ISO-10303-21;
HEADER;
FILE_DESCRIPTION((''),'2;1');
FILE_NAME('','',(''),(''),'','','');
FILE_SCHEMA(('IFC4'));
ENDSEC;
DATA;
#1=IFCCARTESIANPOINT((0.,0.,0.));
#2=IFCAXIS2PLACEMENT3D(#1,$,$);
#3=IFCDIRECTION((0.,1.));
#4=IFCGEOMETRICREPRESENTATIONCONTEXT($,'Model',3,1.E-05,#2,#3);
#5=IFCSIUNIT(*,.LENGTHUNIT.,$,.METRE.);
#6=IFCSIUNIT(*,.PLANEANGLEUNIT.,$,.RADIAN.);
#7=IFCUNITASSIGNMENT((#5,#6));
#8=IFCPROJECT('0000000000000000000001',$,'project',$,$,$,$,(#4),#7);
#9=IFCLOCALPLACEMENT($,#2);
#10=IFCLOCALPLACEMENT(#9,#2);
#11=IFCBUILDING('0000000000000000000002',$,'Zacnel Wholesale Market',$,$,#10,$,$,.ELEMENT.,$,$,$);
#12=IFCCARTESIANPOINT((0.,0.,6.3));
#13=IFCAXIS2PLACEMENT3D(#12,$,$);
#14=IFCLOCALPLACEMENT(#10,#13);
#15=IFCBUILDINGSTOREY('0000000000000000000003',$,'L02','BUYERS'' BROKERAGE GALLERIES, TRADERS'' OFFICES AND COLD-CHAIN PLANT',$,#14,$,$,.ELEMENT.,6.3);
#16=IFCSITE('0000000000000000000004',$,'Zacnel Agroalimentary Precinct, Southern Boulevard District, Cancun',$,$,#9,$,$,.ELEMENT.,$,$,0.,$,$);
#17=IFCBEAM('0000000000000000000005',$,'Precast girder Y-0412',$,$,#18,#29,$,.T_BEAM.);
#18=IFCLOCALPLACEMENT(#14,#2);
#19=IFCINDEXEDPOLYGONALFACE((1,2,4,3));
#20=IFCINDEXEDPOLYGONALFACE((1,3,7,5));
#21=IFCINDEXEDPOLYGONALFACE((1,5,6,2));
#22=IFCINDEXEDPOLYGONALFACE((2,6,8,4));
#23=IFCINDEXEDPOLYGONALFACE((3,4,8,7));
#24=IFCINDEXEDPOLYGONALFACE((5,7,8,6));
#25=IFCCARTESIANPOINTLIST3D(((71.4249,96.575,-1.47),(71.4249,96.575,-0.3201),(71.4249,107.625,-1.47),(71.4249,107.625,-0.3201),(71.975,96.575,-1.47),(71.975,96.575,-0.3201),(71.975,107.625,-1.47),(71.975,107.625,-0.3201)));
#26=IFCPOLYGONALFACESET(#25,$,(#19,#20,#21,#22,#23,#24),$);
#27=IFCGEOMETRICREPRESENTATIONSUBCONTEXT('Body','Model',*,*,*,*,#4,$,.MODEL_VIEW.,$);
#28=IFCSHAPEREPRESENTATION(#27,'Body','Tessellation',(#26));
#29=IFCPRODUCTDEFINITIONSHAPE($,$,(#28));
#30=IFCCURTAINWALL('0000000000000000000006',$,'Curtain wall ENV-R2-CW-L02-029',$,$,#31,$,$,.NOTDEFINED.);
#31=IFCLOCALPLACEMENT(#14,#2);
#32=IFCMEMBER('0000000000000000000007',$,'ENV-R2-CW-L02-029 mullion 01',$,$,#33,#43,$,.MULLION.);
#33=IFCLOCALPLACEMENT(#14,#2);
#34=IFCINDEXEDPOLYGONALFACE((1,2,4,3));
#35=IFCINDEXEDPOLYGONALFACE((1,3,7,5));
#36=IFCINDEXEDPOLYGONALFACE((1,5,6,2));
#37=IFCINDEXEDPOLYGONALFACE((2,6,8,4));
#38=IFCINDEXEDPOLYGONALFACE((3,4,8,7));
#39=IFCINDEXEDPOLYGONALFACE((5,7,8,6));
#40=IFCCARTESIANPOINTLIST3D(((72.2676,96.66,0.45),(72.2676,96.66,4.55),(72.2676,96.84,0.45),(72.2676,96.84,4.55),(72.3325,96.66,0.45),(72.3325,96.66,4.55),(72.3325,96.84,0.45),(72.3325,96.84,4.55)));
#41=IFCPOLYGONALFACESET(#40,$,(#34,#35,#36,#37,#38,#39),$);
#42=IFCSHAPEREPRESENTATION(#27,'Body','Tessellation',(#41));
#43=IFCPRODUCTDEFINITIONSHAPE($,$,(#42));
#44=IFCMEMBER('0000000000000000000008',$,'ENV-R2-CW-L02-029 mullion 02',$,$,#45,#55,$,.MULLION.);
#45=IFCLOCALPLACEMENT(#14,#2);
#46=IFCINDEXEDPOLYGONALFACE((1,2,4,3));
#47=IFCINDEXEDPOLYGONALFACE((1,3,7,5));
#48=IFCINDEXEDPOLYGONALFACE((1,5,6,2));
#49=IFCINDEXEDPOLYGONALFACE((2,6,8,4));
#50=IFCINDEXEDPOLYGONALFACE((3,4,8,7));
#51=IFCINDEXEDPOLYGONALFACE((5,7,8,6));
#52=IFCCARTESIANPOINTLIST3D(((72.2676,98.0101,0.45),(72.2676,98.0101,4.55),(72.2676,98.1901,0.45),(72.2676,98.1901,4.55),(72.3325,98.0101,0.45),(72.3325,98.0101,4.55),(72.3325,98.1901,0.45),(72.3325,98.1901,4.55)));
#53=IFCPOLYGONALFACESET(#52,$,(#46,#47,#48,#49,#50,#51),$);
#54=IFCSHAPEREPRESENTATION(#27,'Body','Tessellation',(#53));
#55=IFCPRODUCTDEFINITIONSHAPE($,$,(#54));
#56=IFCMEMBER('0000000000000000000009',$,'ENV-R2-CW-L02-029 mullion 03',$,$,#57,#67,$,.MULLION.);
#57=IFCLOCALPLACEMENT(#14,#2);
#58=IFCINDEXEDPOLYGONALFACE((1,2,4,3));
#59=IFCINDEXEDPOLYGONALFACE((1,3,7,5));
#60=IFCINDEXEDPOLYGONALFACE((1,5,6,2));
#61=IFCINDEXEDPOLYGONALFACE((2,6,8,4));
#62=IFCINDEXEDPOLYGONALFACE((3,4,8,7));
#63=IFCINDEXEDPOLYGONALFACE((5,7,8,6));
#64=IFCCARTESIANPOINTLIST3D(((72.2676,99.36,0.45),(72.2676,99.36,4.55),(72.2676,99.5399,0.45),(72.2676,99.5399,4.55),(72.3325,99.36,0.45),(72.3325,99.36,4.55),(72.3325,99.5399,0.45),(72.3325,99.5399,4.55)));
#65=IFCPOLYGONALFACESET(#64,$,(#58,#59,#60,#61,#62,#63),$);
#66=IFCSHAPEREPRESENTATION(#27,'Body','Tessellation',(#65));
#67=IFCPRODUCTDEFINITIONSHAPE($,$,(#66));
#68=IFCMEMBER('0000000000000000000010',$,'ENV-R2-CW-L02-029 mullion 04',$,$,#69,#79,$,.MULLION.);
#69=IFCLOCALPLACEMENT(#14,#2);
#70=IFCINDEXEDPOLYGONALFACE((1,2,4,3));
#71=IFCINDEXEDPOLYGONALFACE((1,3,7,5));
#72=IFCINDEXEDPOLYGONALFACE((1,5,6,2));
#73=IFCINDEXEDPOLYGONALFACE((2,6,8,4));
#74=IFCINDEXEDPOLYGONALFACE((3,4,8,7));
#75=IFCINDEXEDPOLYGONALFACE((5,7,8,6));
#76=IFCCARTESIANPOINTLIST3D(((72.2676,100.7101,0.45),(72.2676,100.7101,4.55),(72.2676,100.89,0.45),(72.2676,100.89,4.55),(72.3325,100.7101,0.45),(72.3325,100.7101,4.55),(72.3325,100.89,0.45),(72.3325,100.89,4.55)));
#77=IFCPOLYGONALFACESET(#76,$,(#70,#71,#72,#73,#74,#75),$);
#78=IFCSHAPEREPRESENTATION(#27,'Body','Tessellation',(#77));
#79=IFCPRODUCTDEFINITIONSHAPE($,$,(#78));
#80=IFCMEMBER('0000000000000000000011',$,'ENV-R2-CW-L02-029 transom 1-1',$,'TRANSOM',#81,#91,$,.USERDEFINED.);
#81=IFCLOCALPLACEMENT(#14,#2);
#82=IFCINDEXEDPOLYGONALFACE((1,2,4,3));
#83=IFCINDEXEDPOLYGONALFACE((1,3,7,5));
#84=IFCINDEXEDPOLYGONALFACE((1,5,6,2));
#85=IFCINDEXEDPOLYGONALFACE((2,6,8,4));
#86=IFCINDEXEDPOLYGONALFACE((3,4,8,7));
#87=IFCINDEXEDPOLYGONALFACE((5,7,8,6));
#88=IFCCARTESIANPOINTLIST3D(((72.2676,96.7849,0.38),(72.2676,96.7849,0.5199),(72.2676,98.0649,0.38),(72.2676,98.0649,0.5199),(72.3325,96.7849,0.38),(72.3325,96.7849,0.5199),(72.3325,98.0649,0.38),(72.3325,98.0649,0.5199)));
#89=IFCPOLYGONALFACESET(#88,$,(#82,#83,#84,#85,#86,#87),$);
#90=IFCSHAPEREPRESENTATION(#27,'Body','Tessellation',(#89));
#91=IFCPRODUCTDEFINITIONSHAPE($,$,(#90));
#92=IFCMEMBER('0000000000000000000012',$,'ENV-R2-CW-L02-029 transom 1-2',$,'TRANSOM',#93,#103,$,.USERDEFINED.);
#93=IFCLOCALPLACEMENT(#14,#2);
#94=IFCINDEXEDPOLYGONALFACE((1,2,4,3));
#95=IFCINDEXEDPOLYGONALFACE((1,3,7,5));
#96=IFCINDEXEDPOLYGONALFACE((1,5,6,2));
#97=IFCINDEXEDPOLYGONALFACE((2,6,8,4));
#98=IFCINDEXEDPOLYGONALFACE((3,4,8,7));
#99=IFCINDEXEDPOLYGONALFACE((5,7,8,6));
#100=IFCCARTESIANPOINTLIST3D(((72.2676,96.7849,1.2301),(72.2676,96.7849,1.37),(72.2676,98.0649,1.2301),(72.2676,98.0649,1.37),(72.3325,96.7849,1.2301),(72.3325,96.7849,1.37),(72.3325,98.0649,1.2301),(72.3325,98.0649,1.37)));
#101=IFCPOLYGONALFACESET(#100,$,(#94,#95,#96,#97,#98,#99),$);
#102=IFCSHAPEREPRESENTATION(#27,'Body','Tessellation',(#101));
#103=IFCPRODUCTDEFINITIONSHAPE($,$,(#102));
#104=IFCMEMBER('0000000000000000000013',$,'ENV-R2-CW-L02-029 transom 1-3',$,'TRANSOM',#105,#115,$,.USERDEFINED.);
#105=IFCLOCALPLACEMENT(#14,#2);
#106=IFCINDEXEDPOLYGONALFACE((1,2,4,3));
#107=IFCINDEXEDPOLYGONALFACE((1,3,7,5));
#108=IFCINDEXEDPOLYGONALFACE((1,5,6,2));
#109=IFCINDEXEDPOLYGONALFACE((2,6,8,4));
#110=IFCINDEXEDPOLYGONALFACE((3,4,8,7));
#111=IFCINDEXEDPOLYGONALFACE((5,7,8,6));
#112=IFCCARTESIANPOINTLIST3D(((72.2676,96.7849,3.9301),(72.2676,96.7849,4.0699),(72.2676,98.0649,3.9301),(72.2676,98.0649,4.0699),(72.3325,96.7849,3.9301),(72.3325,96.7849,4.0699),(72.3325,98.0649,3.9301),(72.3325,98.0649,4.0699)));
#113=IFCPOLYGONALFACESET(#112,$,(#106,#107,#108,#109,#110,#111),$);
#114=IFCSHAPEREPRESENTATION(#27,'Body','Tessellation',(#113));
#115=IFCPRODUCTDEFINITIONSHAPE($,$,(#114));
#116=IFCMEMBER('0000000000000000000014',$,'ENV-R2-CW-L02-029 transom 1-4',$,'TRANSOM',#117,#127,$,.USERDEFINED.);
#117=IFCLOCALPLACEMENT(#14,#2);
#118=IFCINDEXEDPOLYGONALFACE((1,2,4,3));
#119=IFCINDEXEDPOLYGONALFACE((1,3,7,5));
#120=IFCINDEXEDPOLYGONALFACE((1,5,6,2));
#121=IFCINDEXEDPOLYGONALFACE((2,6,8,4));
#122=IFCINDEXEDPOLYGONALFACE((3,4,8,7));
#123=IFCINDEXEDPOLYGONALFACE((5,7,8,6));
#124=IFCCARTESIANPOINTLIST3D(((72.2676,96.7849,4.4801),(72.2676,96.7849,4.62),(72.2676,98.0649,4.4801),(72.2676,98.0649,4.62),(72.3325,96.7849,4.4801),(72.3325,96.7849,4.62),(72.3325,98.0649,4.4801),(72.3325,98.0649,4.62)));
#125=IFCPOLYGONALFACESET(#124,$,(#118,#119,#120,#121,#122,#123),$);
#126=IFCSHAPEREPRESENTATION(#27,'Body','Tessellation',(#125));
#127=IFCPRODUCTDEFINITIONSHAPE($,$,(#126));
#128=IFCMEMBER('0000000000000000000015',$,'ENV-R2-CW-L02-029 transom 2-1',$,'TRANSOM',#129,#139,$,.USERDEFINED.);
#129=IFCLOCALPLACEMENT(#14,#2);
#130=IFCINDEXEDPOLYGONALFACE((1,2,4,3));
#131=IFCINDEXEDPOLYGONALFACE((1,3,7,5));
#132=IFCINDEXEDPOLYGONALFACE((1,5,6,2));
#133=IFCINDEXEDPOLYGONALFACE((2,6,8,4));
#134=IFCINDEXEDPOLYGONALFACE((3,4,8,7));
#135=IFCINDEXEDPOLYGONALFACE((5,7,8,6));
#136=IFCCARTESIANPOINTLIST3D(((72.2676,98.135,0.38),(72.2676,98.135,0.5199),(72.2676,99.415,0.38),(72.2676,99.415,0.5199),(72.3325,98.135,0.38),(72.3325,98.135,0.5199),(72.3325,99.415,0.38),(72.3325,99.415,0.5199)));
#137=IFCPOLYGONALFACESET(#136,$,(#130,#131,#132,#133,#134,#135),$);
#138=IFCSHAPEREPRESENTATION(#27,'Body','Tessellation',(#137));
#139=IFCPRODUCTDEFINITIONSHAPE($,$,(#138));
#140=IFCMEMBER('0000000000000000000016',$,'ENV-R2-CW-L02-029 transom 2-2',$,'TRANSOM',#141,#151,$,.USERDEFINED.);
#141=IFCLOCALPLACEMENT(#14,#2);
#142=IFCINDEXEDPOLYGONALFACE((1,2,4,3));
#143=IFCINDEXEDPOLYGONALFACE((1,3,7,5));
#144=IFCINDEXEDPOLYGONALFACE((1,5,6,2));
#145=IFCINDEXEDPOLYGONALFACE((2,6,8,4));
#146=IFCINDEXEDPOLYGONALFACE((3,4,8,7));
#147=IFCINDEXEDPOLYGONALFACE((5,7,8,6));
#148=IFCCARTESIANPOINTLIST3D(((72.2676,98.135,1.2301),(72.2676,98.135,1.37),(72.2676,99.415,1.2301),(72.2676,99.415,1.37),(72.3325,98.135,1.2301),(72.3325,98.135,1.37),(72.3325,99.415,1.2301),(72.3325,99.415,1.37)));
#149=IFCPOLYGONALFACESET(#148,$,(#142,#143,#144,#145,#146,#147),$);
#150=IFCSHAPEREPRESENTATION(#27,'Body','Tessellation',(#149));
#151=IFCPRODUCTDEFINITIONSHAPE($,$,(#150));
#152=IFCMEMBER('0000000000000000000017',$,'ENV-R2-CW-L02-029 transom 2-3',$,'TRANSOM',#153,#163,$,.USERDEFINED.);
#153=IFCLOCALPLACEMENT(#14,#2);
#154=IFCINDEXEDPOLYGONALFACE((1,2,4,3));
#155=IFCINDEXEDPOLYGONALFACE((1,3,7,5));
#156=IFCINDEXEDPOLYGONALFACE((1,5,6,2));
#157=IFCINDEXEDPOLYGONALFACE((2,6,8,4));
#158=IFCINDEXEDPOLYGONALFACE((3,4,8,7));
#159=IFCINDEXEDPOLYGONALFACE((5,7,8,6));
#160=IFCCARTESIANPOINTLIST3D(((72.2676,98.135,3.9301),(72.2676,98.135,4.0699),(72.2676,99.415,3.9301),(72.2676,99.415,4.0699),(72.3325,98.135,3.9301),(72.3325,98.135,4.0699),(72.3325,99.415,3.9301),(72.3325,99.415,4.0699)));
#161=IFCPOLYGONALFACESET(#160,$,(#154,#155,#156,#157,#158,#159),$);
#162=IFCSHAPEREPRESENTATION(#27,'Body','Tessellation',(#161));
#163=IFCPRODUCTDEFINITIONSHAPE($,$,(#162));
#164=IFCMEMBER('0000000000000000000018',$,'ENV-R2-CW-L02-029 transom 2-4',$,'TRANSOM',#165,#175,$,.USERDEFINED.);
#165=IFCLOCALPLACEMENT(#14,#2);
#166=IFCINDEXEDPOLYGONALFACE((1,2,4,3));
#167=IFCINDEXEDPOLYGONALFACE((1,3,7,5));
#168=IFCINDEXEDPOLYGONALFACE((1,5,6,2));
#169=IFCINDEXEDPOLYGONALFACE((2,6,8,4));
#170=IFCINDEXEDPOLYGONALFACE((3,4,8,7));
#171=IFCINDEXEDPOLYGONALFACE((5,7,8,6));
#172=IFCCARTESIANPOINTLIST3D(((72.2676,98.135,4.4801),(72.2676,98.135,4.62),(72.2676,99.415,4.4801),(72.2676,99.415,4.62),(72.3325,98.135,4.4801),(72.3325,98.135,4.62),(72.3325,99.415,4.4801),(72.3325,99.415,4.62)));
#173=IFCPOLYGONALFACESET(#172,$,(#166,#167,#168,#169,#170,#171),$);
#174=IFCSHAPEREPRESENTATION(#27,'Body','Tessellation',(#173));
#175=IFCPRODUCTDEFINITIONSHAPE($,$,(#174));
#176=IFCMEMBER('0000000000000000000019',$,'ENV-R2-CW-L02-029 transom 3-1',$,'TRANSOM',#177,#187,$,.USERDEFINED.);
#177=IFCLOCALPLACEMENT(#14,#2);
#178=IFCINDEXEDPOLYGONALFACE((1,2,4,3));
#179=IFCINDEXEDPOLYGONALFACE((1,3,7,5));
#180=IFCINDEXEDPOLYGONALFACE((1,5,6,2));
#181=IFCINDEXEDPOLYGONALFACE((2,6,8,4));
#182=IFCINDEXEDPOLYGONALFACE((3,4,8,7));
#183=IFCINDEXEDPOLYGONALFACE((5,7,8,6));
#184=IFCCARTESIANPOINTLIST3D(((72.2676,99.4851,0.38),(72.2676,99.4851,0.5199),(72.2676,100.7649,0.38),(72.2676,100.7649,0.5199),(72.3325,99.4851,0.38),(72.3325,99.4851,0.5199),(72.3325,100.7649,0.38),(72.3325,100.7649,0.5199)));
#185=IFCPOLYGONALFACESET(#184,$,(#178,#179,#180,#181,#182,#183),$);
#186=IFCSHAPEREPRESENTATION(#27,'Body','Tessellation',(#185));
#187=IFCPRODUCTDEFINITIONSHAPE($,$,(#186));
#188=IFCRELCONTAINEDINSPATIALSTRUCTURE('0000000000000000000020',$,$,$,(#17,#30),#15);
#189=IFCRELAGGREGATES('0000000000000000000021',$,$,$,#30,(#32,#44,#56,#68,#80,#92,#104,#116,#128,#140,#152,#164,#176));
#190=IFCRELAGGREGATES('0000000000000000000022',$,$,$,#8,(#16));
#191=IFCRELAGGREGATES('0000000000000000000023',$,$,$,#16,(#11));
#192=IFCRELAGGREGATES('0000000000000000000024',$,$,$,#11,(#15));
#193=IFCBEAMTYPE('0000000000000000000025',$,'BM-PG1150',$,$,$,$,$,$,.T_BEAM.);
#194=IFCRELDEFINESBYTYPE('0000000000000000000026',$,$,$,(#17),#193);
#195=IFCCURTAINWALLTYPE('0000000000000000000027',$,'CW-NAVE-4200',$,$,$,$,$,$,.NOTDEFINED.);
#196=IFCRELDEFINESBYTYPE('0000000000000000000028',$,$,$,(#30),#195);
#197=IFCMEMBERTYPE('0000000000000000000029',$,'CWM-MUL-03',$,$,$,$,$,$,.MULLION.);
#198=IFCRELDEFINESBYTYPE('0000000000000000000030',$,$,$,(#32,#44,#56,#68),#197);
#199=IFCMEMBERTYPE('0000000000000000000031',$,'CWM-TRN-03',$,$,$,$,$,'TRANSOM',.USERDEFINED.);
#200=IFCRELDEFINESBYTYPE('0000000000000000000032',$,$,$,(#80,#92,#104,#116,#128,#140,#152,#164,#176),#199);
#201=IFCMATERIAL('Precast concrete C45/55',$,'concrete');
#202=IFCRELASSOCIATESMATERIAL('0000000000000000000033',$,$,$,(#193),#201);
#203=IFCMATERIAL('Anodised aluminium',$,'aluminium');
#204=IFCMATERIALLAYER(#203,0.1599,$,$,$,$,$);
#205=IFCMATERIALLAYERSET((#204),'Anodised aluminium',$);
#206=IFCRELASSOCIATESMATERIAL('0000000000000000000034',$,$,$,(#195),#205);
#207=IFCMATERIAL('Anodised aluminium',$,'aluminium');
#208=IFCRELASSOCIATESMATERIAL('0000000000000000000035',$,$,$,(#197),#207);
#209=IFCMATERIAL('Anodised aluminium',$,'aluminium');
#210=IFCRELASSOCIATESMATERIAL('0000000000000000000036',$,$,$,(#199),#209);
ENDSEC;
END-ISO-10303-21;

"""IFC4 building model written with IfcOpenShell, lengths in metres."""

from ifc_helpers import new_model, si_unit, direction, frame, origin, origin_2d, place, context, subcontext, project, spatial, rectangle, extrude, material, layer, layer_set, material_profile, profile_set, type_object, element, aggregate, save


model = new_model("IFC4")

# Units and contexts
model_context = context("Model", 3, precision=1e-05, world=origin(), true_north=direction((0.0, 1.0)))
body_context = subcontext(model_context, "Body", "Model", "MODEL_VIEW")
ifc_project = project(units=[si_unit("LENGTHUNIT", "METRE"), si_unit("PLANEANGLEUNIT", "RADIAN")], contexts=[model_context])

# Site, building, storey
site_placement = place(None, origin())
site = spatial("IfcSite", under=ifc_project, at=site_placement, Name="Zacnel Agroalimentary Precinct, Southern Boulevard District, Cancun", CompositionType="ELEMENT", RefElevation=0.0)
building_placement = place(site_placement, origin())
building = spatial("IfcBuilding", under=site, at=building_placement, Name="Zacnel Wholesale Market", CompositionType="ELEMENT")
storey_placement = place(building_placement, frame((0.0, 0.0, 6.3)))
storey = spatial("IfcBuildingStorey", under=building, at=storey_placement, Name="L02", Description="BUYERS' BROKERAGE GALLERIES, TRADERS' OFFICES AND COLD-CHAIN PLANT", CompositionType="ELEMENT", Elevation=6.3)

# Beam
ifc_material_1 = material(Name="Precast concrete C45/55", Category="concrete")
ifc_material_profile_1 = material_profile(ifc_material_1, rectangle(XDim=0.55, YDim=1.1499, at=origin_2d()), Name="PG 550x1150")
ifc_profile_set_1 = profile_set([ifc_material_profile_1], Name="Precast concrete C45/55")
beam_type = type_object("IfcBeamType", Name="BM-PG1150", PredefinedType="T_BEAM", material=ifc_profile_set_1)
beam_placement = place(storey_placement, frame((71.7, 96.575, -0.895), z_axis=(0.0, 1.0, 0.0), x_axis=(-1.0, 0.0, 0.0)))
element("IfcBeam", 1, at=beam_placement, inside=storey, type_object=beam_type, Name="Precast girder Y-0412", PredefinedType="T_BEAM", context=body_context, shape_type="SweptSolid", body=[
    extrude(rectangle(XDim=0.55, YDim=1.1499, at=origin_2d()), origin(), (0.0, 0.0, 1.0), 11.05),
])

# Curtain wall, members
ifc_material_2 = material(Name="Anodised aluminium", Category="aluminium")
ifc_layer_1 = layer(ifc_material_2, 0.1599)
ifc_layer_set_1 = layer_set([ifc_layer_1], Name="Anodised aluminium")
curtain_wall_type = type_object("IfcCurtainWallType", Name="CW-NAVE-4200", PredefinedType="NOTDEFINED", material=ifc_layer_set_1)
curtain_wall_placement = place(storey_placement, origin())
curtain_wall = element("IfcCurtainWall", 2, at=curtain_wall_placement, inside=storey, type_object=curtain_wall_type, Name="Curtain wall ENV-R2-CW-L02-029", PredefinedType="NOTDEFINED")
ifc_material_3 = material(Name="Anodised aluminium", Category="aluminium")
ifc_material_profile_2 = material_profile(ifc_material_3, rectangle(XDim=0.0649, YDim=0.1799, at=origin_2d()), Name="AW-MULLION 65x180")
ifc_profile_set_2 = profile_set([ifc_material_profile_2], Name="Anodised aluminium")
member_type_1 = type_object("IfcMemberType", Name="CWM-MUL-03", PredefinedType="MULLION", material=ifc_profile_set_2)
member_1_placement = place(storey_placement, frame((72.3, 96.75, 0.45), z_axis=(0.0, 0.0, 1.0), x_axis=(1.0, 0.0, 0.0)))
member_1 = element("IfcMember", 3, at=member_1_placement, type_object=member_type_1, Name="ENV-R2-CW-L02-029 mullion 01", PredefinedType="MULLION", context=body_context, shape_type="SweptSolid", body=[
    extrude(rectangle(XDim=0.0649, YDim=0.1799, at=origin_2d()), origin(), (0.0, 0.0, 1.0), 4.1001),
])
member_2_placement = place(storey_placement, frame((72.3, 98.1001, 0.45), z_axis=(0.0, 0.0, 1.0), x_axis=(1.0, 0.0, 0.0)))
member_2 = element("IfcMember", 4, at=member_2_placement, type_object=member_type_1, Name="ENV-R2-CW-L02-029 mullion 02", PredefinedType="MULLION", context=body_context, shape_type="SweptSolid", body=[
    extrude(rectangle(XDim=0.0649, YDim=0.1799, at=origin_2d()), origin(), (0.0, 0.0, 1.0), 4.1001),
])
member_3_placement = place(storey_placement, frame((72.3, 99.45, 0.45), z_axis=(0.0, 0.0, 1.0), x_axis=(1.0, 0.0, 0.0)))
member_3 = element("IfcMember", 5, at=member_3_placement, type_object=member_type_1, Name="ENV-R2-CW-L02-029 mullion 03", PredefinedType="MULLION", context=body_context, shape_type="SweptSolid", body=[
    extrude(rectangle(XDim=0.0649, YDim=0.1799, at=origin_2d()), origin(), (0.0, 0.0, 1.0), 4.1001),
])
member_4_placement = place(storey_placement, frame((72.3, 100.8, 0.45), z_axis=(0.0, 0.0, 1.0), x_axis=(1.0, 0.0, 0.0)))
member_4 = element("IfcMember", 6, at=member_4_placement, type_object=member_type_1, Name="ENV-R2-CW-L02-029 mullion 04", PredefinedType="MULLION", context=body_context, shape_type="SweptSolid", body=[
    extrude(rectangle(XDim=0.0649, YDim=0.1799, at=origin_2d()), origin(), (0.0, 0.0, 1.0), 4.1001),
])
ifc_material_4 = material(Name="Anodised aluminium", Category="aluminium")
ifc_material_profile_3 = material_profile(ifc_material_4, rectangle(XDim=0.0649, YDim=0.1399, at=origin_2d()), Name="AW-TRANSOM 65x140")
ifc_profile_set_3 = profile_set([ifc_material_profile_3], Name="Anodised aluminium")
member_type_2 = type_object("IfcMemberType", Name="CWM-TRN-03", ElementType="TRANSOM", PredefinedType="USERDEFINED", material=ifc_profile_set_3)
member_5_placement = place(storey_placement, frame((72.3, 96.7849, 0.45), z_axis=(0.0, 1.0, 0.0), x_axis=(-1.0, 0.0, 0.0)))
member_5 = element("IfcMember", 7, at=member_5_placement, type_object=member_type_2, Name="ENV-R2-CW-L02-029 transom 1-1", ObjectType="TRANSOM", PredefinedType="USERDEFINED", context=body_context, shape_type="SweptSolid", body=[
    extrude(rectangle(XDim=0.0649, YDim=0.1399, at=origin_2d()), origin(), (0.0, 0.0, 1.0), 1.28),
])
member_6_placement = place(storey_placement, frame((72.3, 96.7849, 1.3), z_axis=(0.0, 1.0, 0.0), x_axis=(-1.0, 0.0, 0.0)))
member_6 = element("IfcMember", 8, at=member_6_placement, type_object=member_type_2, Name="ENV-R2-CW-L02-029 transom 1-2", ObjectType="TRANSOM", PredefinedType="USERDEFINED", context=body_context, shape_type="SweptSolid", body=[
    extrude(rectangle(XDim=0.0649, YDim=0.1399, at=origin_2d()), origin(), (0.0, 0.0, 1.0), 1.28),
])
member_7_placement = place(storey_placement, frame((72.3, 96.7849, 4.0), z_axis=(0.0, 1.0, 0.0), x_axis=(-1.0, 0.0, 0.0)))
member_7 = element("IfcMember", 9, at=member_7_placement, type_object=member_type_2, Name="ENV-R2-CW-L02-029 transom 1-3", ObjectType="TRANSOM", PredefinedType="USERDEFINED", context=body_context, shape_type="SweptSolid", body=[
    extrude(rectangle(XDim=0.0649, YDim=0.1399, at=origin_2d()), origin(), (0.0, 0.0, 1.0), 1.28),
])
member_8_placement = place(storey_placement, frame((72.3, 96.7849, 4.55), z_axis=(0.0, 1.0, 0.0), x_axis=(-1.0, 0.0, 0.0)))
member_8 = element("IfcMember", 10, at=member_8_placement, type_object=member_type_2, Name="ENV-R2-CW-L02-029 transom 1-4", ObjectType="TRANSOM", PredefinedType="USERDEFINED", context=body_context, shape_type="SweptSolid", body=[
    extrude(rectangle(XDim=0.0649, YDim=0.1399, at=origin_2d()), origin(), (0.0, 0.0, 1.0), 1.28),
])
member_9_placement = place(storey_placement, frame((72.3, 98.135, 0.45), z_axis=(0.0, 1.0, 0.0), x_axis=(-1.0, 0.0, 0.0)))
member_9 = element("IfcMember", 11, at=member_9_placement, type_object=member_type_2, Name="ENV-R2-CW-L02-029 transom 2-1", ObjectType="TRANSOM", PredefinedType="USERDEFINED", context=body_context, shape_type="SweptSolid", body=[
    extrude(rectangle(XDim=0.0649, YDim=0.1399, at=origin_2d()), origin(), (0.0, 0.0, 1.0), 1.28),
])
member_10_placement = place(storey_placement, frame((72.3, 98.135, 1.3), z_axis=(0.0, 1.0, 0.0), x_axis=(-1.0, 0.0, 0.0)))
member_10 = element("IfcMember", 12, at=member_10_placement, type_object=member_type_2, Name="ENV-R2-CW-L02-029 transom 2-2", ObjectType="TRANSOM", PredefinedType="USERDEFINED", context=body_context, shape_type="SweptSolid", body=[
    extrude(rectangle(XDim=0.0649, YDim=0.1399, at=origin_2d()), origin(), (0.0, 0.0, 1.0), 1.28),
])
member_11_placement = place(storey_placement, frame((72.3, 98.135, 4.0), z_axis=(0.0, 1.0, 0.0), x_axis=(-1.0, 0.0, 0.0)))
member_11 = element("IfcMember", 13, at=member_11_placement, type_object=member_type_2, Name="ENV-R2-CW-L02-029 transom 2-3", ObjectType="TRANSOM", PredefinedType="USERDEFINED", context=body_context, shape_type="SweptSolid", body=[
    extrude(rectangle(XDim=0.0649, YDim=0.1399, at=origin_2d()), origin(), (0.0, 0.0, 1.0), 1.28),
])
member_12_placement = place(storey_placement, frame((72.3, 98.135, 4.55), z_axis=(0.0, 1.0, 0.0), x_axis=(-1.0, 0.0, 0.0)))
member_12 = element("IfcMember", 14, at=member_12_placement, type_object=member_type_2, Name="ENV-R2-CW-L02-029 transom 2-4", ObjectType="TRANSOM", PredefinedType="USERDEFINED", context=body_context, shape_type="SweptSolid", body=[
    extrude(rectangle(XDim=0.0649, YDim=0.1399, at=origin_2d()), origin(), (0.0, 0.0, 1.0), 1.28),
])
member_13_placement = place(storey_placement, frame((72.3, 99.4851, 0.45), z_axis=(0.0, 1.0, 0.0), x_axis=(-1.0, 0.0, 0.0)))
member_13 = element("IfcMember", 15, at=member_13_placement, type_object=member_type_2, Name="ENV-R2-CW-L02-029 transom 3-1", ObjectType="TRANSOM", PredefinedType="USERDEFINED", context=body_context, shape_type="SweptSolid", body=[
    extrude(rectangle(XDim=0.0649, YDim=0.1399, at=origin_2d()), origin(), (0.0, 0.0, 1.0), 1.2798),
])
aggregate(curtain_wall, [member_1, member_2, member_3, member_4, member_5, member_6, member_7, member_8, member_9, member_10, member_11, member_12, member_13])

save(model, "model.ifc")
